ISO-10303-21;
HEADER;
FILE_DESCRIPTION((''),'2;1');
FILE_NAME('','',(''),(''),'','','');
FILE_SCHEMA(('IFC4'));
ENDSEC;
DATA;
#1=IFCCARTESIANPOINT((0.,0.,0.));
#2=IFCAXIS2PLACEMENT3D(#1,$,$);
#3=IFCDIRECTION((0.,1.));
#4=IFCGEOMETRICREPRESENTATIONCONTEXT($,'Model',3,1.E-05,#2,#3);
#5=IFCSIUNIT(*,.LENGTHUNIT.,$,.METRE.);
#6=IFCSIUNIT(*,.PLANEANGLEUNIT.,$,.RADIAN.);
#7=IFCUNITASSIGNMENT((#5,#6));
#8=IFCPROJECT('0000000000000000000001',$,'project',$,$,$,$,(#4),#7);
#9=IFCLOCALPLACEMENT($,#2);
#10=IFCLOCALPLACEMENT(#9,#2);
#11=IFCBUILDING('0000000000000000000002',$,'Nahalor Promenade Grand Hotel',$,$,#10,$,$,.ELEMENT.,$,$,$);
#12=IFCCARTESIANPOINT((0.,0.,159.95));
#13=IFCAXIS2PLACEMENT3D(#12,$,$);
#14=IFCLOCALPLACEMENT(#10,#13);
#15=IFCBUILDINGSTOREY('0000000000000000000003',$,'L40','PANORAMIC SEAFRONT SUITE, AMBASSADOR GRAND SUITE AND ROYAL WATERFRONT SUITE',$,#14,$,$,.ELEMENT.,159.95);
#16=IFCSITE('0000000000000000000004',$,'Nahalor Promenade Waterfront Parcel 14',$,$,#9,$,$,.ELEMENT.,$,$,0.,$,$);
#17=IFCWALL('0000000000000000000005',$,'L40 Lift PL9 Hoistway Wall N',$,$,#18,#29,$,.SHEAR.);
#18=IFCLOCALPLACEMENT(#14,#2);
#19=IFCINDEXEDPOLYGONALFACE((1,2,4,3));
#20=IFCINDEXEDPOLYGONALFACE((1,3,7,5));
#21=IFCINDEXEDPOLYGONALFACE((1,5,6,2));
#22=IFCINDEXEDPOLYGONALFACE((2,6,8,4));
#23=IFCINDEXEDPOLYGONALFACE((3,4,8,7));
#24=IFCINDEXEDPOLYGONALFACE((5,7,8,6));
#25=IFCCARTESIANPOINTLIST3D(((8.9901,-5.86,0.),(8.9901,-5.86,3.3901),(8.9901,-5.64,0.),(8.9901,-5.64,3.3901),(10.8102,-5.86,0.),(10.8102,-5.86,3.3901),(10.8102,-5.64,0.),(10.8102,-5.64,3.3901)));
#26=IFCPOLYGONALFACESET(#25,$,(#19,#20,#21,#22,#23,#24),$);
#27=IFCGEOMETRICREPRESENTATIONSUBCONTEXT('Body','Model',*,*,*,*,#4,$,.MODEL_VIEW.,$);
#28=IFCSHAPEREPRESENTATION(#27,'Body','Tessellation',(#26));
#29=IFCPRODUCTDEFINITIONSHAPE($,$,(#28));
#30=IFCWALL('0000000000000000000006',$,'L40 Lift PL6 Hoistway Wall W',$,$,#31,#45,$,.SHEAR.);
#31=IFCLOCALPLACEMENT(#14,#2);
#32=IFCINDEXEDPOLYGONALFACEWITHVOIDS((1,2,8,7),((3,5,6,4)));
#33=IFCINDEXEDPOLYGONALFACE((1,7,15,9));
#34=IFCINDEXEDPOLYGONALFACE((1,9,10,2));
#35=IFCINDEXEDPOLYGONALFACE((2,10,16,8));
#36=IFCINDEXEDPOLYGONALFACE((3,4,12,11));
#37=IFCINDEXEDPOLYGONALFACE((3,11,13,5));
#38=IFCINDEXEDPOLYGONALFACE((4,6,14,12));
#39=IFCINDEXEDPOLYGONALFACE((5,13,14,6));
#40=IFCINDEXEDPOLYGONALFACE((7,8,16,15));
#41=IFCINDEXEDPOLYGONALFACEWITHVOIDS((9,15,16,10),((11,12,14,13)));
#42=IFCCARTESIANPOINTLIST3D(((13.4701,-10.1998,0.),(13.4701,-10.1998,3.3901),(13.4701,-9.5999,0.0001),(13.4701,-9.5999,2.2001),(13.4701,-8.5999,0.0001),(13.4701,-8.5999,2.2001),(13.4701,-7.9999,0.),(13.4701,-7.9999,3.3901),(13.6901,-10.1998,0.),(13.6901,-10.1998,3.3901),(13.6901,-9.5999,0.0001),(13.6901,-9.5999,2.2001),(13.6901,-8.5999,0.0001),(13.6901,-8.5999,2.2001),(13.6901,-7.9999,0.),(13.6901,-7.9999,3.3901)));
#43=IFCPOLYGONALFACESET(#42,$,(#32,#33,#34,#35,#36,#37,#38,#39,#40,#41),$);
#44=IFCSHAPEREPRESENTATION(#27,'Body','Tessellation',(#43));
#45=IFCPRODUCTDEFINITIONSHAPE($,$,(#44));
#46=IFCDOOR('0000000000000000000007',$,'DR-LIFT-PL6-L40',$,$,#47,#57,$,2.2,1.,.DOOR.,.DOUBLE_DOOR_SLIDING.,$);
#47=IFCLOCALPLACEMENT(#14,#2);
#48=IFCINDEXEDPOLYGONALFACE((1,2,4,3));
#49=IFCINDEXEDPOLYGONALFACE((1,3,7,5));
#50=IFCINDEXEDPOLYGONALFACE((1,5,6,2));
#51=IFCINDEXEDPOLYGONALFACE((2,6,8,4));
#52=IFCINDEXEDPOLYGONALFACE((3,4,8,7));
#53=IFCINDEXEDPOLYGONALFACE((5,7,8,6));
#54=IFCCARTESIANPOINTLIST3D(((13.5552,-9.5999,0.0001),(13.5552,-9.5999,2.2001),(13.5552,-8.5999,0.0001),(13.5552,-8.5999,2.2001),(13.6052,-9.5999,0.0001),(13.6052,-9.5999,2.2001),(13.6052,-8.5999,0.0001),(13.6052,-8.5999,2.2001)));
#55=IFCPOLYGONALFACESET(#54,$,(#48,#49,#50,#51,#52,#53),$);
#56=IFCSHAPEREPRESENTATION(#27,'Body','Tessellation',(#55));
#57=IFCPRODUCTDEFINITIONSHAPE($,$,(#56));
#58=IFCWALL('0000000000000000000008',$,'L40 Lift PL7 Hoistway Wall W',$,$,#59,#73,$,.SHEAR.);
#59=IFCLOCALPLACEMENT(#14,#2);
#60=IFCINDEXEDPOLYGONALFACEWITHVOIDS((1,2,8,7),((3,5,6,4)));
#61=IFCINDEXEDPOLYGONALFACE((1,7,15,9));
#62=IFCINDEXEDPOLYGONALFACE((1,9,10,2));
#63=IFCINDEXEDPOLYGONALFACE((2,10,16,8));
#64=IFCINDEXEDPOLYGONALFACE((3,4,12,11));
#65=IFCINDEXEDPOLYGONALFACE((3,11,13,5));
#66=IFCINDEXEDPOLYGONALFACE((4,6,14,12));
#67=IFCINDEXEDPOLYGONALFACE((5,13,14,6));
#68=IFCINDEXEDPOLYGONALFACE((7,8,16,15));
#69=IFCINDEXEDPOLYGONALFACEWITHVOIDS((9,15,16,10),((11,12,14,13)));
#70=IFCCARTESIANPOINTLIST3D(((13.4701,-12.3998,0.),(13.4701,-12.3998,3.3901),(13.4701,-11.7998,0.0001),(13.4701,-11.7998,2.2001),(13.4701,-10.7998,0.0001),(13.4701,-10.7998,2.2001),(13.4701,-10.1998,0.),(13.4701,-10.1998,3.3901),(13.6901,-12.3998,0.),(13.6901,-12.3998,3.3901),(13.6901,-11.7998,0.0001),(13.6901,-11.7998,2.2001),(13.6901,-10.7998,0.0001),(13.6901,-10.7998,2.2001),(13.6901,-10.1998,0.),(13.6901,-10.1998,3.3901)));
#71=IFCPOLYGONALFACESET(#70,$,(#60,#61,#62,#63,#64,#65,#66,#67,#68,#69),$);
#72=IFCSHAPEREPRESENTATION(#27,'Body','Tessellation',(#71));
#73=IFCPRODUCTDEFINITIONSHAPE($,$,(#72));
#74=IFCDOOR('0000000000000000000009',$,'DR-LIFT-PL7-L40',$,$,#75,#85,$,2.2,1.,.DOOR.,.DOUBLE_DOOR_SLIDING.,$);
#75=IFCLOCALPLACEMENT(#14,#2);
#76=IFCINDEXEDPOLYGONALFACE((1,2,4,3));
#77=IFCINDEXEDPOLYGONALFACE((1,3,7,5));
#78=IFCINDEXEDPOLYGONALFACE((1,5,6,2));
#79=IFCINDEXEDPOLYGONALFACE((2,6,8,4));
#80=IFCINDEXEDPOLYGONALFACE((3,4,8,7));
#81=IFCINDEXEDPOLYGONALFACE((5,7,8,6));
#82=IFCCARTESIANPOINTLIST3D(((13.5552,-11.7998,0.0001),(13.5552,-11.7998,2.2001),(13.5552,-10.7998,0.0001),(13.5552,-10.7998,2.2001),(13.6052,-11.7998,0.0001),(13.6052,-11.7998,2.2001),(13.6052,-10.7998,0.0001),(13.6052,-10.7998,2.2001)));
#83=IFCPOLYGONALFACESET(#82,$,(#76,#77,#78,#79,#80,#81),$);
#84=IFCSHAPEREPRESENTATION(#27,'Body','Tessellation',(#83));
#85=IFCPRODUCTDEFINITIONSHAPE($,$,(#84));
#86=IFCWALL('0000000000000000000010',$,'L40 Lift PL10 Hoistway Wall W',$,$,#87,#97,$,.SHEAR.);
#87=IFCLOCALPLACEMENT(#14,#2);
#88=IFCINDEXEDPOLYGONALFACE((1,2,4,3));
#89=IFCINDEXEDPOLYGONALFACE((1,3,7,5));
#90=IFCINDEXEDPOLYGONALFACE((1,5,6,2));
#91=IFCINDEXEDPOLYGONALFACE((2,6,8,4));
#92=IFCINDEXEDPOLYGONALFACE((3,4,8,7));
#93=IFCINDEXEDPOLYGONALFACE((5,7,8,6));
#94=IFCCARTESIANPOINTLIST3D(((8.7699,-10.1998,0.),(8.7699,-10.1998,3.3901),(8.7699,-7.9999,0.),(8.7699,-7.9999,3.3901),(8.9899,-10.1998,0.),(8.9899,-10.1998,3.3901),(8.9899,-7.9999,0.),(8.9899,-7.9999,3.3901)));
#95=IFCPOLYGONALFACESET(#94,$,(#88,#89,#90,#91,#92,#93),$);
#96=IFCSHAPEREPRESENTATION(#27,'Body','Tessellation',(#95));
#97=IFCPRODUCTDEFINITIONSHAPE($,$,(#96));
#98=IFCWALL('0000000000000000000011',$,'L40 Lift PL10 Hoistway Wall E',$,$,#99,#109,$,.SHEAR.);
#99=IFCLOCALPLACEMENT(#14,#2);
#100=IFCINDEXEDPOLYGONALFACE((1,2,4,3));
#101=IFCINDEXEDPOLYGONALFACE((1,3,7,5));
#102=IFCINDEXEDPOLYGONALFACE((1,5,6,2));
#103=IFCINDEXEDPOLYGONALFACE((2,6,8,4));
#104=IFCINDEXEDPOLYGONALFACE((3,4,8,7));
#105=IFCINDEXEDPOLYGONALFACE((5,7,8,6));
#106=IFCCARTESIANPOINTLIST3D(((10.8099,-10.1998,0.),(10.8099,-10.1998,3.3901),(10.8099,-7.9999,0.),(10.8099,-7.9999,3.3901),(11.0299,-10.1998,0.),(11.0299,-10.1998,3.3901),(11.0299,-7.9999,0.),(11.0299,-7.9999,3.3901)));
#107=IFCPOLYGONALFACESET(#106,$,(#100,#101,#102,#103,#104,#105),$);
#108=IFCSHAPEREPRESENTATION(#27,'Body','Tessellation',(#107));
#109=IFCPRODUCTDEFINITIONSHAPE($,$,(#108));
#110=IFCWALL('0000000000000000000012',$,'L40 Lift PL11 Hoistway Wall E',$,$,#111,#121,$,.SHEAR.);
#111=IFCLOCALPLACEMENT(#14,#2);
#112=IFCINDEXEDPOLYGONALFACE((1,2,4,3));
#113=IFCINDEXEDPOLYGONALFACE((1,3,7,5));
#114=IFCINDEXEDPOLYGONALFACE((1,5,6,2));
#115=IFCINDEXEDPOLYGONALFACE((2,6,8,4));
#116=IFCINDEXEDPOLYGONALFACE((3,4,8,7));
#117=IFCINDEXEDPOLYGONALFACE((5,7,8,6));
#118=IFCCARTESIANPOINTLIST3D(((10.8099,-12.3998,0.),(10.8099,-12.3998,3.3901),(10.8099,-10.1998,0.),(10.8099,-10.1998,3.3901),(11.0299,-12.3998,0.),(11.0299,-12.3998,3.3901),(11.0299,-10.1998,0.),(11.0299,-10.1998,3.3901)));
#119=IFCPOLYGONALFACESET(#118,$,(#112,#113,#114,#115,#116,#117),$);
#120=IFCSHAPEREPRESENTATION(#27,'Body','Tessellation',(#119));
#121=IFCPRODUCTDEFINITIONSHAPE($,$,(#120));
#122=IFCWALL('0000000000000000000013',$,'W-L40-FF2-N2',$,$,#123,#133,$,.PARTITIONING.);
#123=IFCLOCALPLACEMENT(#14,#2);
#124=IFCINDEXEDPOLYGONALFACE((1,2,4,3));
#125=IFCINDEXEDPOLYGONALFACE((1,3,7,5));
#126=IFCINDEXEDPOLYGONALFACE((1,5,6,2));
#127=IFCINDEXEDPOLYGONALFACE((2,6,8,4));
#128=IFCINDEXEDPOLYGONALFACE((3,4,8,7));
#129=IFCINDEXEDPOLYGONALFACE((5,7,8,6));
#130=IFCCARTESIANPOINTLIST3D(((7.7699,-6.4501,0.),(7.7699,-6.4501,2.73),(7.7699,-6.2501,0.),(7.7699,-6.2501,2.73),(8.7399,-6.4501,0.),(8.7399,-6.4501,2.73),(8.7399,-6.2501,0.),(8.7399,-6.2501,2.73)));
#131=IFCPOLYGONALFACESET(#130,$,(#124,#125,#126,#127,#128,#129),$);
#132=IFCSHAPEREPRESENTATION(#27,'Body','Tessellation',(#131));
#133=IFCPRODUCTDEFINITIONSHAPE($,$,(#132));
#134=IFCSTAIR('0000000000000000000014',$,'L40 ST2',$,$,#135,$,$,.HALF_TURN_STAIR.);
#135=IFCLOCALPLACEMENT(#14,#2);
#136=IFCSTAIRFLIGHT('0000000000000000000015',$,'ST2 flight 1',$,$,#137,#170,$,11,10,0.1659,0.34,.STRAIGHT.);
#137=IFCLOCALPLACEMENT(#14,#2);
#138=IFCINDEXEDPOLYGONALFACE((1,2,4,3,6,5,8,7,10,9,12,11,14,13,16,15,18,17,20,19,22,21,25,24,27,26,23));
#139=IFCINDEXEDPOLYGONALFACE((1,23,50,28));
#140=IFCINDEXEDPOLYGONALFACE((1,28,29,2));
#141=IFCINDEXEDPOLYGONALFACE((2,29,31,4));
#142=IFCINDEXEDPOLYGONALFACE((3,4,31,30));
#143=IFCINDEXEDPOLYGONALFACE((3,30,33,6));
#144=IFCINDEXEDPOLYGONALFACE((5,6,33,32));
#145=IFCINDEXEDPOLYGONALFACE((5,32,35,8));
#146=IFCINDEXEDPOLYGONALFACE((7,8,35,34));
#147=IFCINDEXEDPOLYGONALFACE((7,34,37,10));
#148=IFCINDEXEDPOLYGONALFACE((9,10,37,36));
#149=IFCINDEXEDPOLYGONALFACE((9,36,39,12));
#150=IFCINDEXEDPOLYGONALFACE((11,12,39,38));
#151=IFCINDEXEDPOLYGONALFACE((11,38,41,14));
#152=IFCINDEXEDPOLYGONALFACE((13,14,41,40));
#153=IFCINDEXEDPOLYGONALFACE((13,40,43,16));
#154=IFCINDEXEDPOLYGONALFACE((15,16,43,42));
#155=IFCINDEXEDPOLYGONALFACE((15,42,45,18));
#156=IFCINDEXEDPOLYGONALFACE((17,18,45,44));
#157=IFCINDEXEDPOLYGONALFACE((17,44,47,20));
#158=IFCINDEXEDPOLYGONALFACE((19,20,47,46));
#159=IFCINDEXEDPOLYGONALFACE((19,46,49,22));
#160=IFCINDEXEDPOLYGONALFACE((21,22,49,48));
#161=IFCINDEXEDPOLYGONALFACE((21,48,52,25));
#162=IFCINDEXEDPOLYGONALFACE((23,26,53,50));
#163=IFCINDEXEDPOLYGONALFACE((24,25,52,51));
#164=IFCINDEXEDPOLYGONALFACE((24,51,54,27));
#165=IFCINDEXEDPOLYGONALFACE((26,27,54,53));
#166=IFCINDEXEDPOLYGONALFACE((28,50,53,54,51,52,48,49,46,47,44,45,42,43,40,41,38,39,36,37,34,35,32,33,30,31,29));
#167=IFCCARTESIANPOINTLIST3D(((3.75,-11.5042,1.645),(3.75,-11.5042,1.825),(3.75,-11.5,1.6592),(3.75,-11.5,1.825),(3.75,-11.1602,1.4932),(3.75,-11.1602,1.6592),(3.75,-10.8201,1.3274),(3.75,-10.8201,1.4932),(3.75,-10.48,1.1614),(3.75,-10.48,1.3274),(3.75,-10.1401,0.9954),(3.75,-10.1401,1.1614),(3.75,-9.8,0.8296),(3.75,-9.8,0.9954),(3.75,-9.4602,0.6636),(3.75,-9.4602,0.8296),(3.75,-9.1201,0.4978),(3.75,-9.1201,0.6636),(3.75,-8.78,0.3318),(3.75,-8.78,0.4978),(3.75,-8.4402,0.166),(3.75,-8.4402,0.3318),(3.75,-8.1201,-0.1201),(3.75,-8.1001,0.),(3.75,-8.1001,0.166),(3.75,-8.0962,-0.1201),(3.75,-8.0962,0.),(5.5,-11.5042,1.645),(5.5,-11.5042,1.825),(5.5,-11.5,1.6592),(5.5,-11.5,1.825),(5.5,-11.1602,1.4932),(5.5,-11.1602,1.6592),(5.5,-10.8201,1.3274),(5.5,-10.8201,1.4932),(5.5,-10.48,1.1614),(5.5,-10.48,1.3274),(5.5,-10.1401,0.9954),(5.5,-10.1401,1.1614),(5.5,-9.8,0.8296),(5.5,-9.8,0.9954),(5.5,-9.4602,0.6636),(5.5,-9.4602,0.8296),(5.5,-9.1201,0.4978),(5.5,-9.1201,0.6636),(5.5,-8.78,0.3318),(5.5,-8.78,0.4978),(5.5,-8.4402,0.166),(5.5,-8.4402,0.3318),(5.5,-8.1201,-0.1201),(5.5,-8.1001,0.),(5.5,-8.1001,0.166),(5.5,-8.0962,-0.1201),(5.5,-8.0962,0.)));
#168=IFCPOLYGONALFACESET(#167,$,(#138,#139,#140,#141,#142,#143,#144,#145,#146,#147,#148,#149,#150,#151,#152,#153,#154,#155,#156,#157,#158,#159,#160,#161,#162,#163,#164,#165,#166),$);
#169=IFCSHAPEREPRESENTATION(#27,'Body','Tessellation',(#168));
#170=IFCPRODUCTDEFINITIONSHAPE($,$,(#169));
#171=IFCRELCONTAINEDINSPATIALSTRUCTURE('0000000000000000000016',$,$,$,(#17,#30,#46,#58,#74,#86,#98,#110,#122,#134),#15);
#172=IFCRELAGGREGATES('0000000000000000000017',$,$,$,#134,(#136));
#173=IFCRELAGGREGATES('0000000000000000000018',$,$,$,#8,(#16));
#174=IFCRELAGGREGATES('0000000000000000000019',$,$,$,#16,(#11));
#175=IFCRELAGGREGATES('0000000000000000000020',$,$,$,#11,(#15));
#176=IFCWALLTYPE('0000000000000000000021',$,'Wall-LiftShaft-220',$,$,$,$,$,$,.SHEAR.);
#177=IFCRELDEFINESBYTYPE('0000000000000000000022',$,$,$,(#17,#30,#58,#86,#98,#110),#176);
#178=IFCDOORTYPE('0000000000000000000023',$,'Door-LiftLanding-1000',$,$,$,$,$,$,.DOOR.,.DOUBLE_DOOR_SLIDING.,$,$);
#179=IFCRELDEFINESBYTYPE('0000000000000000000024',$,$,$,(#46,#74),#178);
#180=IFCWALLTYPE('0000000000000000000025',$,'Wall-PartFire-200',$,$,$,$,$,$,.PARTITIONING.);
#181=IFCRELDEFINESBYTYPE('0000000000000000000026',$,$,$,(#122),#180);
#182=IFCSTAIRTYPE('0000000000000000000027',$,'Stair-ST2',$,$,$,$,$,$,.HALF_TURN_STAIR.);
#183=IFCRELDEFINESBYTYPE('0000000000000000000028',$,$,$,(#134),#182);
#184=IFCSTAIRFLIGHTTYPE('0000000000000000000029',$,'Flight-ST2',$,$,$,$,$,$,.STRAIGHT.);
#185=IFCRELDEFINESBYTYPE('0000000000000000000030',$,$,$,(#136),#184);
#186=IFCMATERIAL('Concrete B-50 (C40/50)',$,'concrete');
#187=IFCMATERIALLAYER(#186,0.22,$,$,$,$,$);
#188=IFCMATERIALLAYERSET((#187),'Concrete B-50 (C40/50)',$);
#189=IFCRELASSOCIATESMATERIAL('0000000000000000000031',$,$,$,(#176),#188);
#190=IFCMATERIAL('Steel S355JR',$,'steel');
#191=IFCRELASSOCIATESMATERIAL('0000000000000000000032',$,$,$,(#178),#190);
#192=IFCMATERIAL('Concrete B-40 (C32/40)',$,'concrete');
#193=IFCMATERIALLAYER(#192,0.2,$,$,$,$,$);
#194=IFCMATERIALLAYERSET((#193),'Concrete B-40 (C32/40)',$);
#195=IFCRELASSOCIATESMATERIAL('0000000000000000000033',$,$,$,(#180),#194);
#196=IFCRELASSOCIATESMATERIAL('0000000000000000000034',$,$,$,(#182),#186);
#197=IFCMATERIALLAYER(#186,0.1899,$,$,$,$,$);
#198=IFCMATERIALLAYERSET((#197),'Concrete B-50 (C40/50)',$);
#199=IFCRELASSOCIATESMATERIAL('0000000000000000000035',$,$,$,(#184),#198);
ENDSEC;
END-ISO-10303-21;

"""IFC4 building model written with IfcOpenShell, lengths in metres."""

from ifc_helpers import new_model, si_unit, direction, frame, frame_2d, origin, place, context, subcontext, project, spatial, polyline, rectangle, outline, extrude, source, transform, mapped, material, layer, layer_set, type_object, element, fill, aggregate, save


model = new_model("IFC4")

# Units and contexts
model_context = context("Model", 3, precision=1e-05, world=origin(), true_north=direction((0.0, 1.0)))
body_context = subcontext(model_context, "Body", "Model", "MODEL_VIEW")
ifc_project = project(units=[si_unit("LENGTHUNIT", "METRE"), si_unit("PLANEANGLEUNIT", "RADIAN")], contexts=[model_context])

# Site, building, storey
site_placement = place(None, origin())
site = spatial("IfcSite", under=ifc_project, at=site_placement, Name="Nahalor Promenade Waterfront Parcel 14", CompositionType="ELEMENT", RefElevation=0.0)
building_placement = place(site_placement, origin())
building = spatial("IfcBuilding", under=site, at=building_placement, Name="Nahalor Promenade Grand Hotel", CompositionType="ELEMENT")
storey_placement = place(building_placement, frame((0.0, 0.0, 159.95)))
storey = spatial("IfcBuildingStorey", under=building, at=storey_placement, Name="L40", Description="PANORAMIC SEAFRONT SUITE, AMBASSADOR GRAND SUITE AND ROYAL WATERFRONT SUITE", CompositionType="ELEMENT", Elevation=159.95)

# Shared definitions
ifc_material_1 = material(Name="Steel S355JR", Category="steel")

# Shared definitions
ifc_material_2 = material(Name="Concrete B-50 (C40/50)", Category="concrete")
ifc_layer_1 = layer(ifc_material_2, 0.22)
ifc_layer_set_1 = layer_set([ifc_layer_1], Name="Concrete B-50 (C40/50)")
wall_type_1 = type_object("IfcWallType", Name="Wall-LiftShaft-220", PredefinedType="SHEAR", material=ifc_layer_set_1)

# Shared definitions
door_type = type_object("IfcDoorType", Name="Door-LiftLanding-1000", OperationType="DOUBLE_DOOR_SLIDING", PredefinedType="DOOR", material=ifc_material_1)
shared_shape_1 = source(origin(), body_context, "Body", "SweptSolid", [
    extrude(rectangle(XDim=1.0, YDim=2.2, at=frame_2d((0.5, 1.1001))), frame((0.0, 0.0249, 0.0), z_axis=(0.0, -1.0, 0.0), x_axis=(1.0, 0.0, 0.0)), (0.0, 0.0, 1.0), 0.05),
])

# Wall
shared_shape_2 = source(origin(), body_context, "Body", "SweptSolid", [
    extrude(rectangle(XDim=1.8201, YDim=0.22, at=frame_2d((0.9102, 0.0))), origin(), (0.0, 0.0, 1.0), 3.3901),
])
wall_1_placement = place(storey_placement, frame((8.99, -5.75, 0.0), z_axis=(0.0, 0.0, 1.0), x_axis=(1.0, 0.0, 0.0)))
element("IfcWall", 1, at=wall_1_placement, inside=storey, type_object=wall_type_1, Name="L40 Lift PL9 Hoistway Wall N", PredefinedType="SHEAR", context=body_context, shape_type="MappedRepresentation", body=[
    mapped(shared_shape_2, transform((0.0, 0.0, 0.0), scale=1.0)),
])

# Walls, openings, doors
shared_shape_3 = source(origin(), body_context, "Body", "SweptSolid", [
    extrude(rectangle(XDim=2.2, YDim=0.22, at=frame_2d((1.1001, 0.0))), origin(), (0.0, 0.0, 1.0), 3.3901),
])
wall_2_placement = place(storey_placement, frame((13.5801, -10.2, 0.0), z_axis=(0.0, 0.0, 1.0), x_axis=(0.0, 1.0, 0.0)))
wall_2 = element("IfcWall", 2, at=wall_2_placement, inside=storey, type_object=wall_type_1, Name="L40 Lift PL6 Hoistway Wall W", PredefinedType="SHEAR", context=body_context, shape_type="MappedRepresentation", body=[
    mapped(shared_shape_3, transform((0.0, 0.0, 0.0), scale=1.0)),
])
opening_1_placement = place(wall_2_placement, frame((0.6001, 0.0, 0.0)))
opening_1 = element("IfcOpeningElement", 3, at=opening_1_placement, cuts=wall_2, PredefinedType="OPENING", context=body_context, shape_type="SweptSolid", body=[
    extrude(rectangle(XDim=1.0, YDim=2.2, at=frame_2d((0.5, 1.1001))), frame((0.0, 0.1199, 0.0), z_axis=(0.0, -1.0, 0.0), x_axis=(1.0, 0.0, 0.0)), (0.0, 0.0, 1.0), 0.24),
])
door_1_placement = place(opening_1_placement, origin())
door_1 = element("IfcDoor", 4, at=door_1_placement, inside=storey, type_object=door_type, Name="DR-LIFT-PL6-L40", OperationType="DOUBLE_DOOR_SLIDING", OverallHeight=2.2, OverallWidth=1.0, PredefinedType="DOOR", context=body_context, shape_type="MappedRepresentation", body=[
    mapped(shared_shape_1, transform((0.0, 0.0, 0.0), scale=1.0)),
])
fill(opening_1, door_1)
wall_3_placement = place(storey_placement, frame((13.5801, -12.3999, 0.0), z_axis=(0.0, 0.0, 1.0), x_axis=(0.0, 1.0, 0.0)))
wall_3 = element("IfcWall", 5, at=wall_3_placement, inside=storey, type_object=wall_type_1, Name="L40 Lift PL7 Hoistway Wall W", PredefinedType="SHEAR", context=body_context, shape_type="MappedRepresentation", body=[
    mapped(shared_shape_3, transform((0.0, 0.0, 0.0), scale=1.0)),
])
opening_2_placement = place(wall_3_placement, frame((0.6001, 0.0, 0.0)))
opening_2 = element("IfcOpeningElement", 6, at=opening_2_placement, cuts=wall_3, PredefinedType="OPENING", context=body_context, shape_type="SweptSolid", body=[
    extrude(rectangle(XDim=1.0, YDim=2.2, at=frame_2d((0.5, 1.1001))), frame((0.0, 0.1199, 0.0), z_axis=(0.0, -1.0, 0.0), x_axis=(1.0, 0.0, 0.0)), (0.0, 0.0, 1.0), 0.24),
])
door_2_placement = place(opening_2_placement, origin())
door_2 = element("IfcDoor", 7, at=door_2_placement, inside=storey, type_object=door_type, Name="DR-LIFT-PL7-L40", OperationType="DOUBLE_DOOR_SLIDING", OverallHeight=2.2, OverallWidth=1.0, PredefinedType="DOOR", context=body_context, shape_type="MappedRepresentation", body=[
    mapped(shared_shape_1, transform((0.0, 0.0, 0.0), scale=1.0)),
])
fill(opening_2, door_2)

# Walls
for number, where, z_axis, x_axis, name in (
    (8, (8.8799, -10.2, 0.0), (0.0, 0.0, 1.0), (0.0, 1.0, 0.0), "L40 Lift PL10 Hoistway Wall W"),
    (9, (10.9199, -10.2, 0.0), (0.0, 0.0, 1.0), (0.0, 1.0, 0.0), "L40 Lift PL10 Hoistway Wall E"),
    (10, (10.9199, -12.3999, 0.0), (0.0, 0.0, 1.0), (0.0, 1.0, 0.0), "L40 Lift PL11 Hoistway Wall E"),
):
    element("IfcWall", number, at=place(storey_placement, frame(where, z_axis=z_axis, x_axis=x_axis)), inside=storey, type_object=wall_type_1, Name=name, PredefinedType="SHEAR", context=body_context, shape_type="MappedRepresentation", body=[
        mapped(shared_shape_3, transform((0.0, 0.0, 0.0), scale=1.0)),
    ])
ifc_material_3 = material(Name="Concrete B-40 (C32/40)", Category="concrete")
ifc_layer_2 = layer(ifc_material_3, 0.2)
ifc_layer_set_2 = layer_set([ifc_layer_2], Name="Concrete B-40 (C32/40)")
wall_type_2 = type_object("IfcWallType", Name="Wall-PartFire-200", PredefinedType="PARTITIONING", material=ifc_layer_set_2)
shared_shape_4 = source(origin(), body_context, "Body", "SweptSolid", [
    extrude(rectangle(XDim=0.97, YDim=0.2, at=frame_2d((0.4849, 0.0))), origin(), (0.0, 0.0, 1.0), 2.73),
])
wall_4_placement = place(storey_placement, frame((7.77, -6.3501, 0.0), z_axis=(0.0, 0.0, 1.0), x_axis=(1.0, 0.0, 0.0)))
element("IfcWall", 11, at=wall_4_placement, inside=storey, type_object=wall_type_2, Name="W-L40-FF2-N2", PredefinedType="PARTITIONING", context=body_context, shape_type="MappedRepresentation", body=[
    mapped(shared_shape_4, transform((0.0, 0.0, 0.0), scale=1.0)),
])

# Stair, stair flight
stair_type = type_object("IfcStairType", Name="Stair-ST2", PredefinedType="HALF_TURN_STAIR", material=ifc_material_2)
stair_placement = place(storey_placement, origin())
stair = element("IfcStair", 12, at=stair_placement, inside=storey, type_object=stair_type, Name="L40 ST2", PredefinedType="HALF_TURN_STAIR")
ifc_layer_3 = layer(ifc_material_2, 0.1899)
ifc_layer_set_3 = layer_set([ifc_layer_3], Name="Concrete B-50 (C40/50)")
stair_flight_type = type_object("IfcStairFlightType", Name="Flight-ST2", PredefinedType="STRAIGHT", material=ifc_layer_set_3)
shared_shape_5 = source(origin(), body_context, "Body", "SweptSolid", [
    extrude(outline(polyline([(-0.0039, -0.1201), (-0.0039, 0.0), (0.0, 0.0), (0.0, 0.166), (0.3401, 0.166), (0.3401, 0.3318), (0.6799, 0.3318), (0.6799, 0.4978), (1.02, 0.4978), (1.02, 0.6636), (1.3601, 0.6636), (1.3601, 0.8296), (1.7, 0.8296), (1.7, 0.9954), (2.04, 0.9954), (2.04, 1.1614), (2.3799, 1.1614), (2.3799, 1.3274), (2.72, 1.3274), (2.72, 1.4932), (3.0601, 1.4932), (3.0601, 1.6592), (3.3999, 1.6592), (3.3999, 1.825), (3.4041, 1.825), (3.4041, 1.645), (0.02, -0.1201), (-0.0039, -0.1201)])), frame((0.0, 0.875, 0.0), z_axis=(0.0, -1.0, 0.0), x_axis=(1.0, 0.0, 0.0)), (0.0, 0.0, 1.0), 1.75),
])
stair_flight_1_placement = place(storey_placement, frame((4.625, -8.1001, 0.0), z_axis=(0.0, 0.0, 1.0), x_axis=(0.0, -1.0, 0.0)))
stair_flight_1 = element("IfcStairFlight", 13, at=stair_flight_1_placement, type_object=stair_flight_type, Name="ST2 flight 1", NumberOfRisers=11, NumberOfTreads=10, PredefinedType="STRAIGHT", RiserHeight=0.1659, TreadLength=0.34, context=body_context, shape_type="MappedRepresentation", body=[
    mapped(shared_shape_5, transform((0.0, 0.0, 0.0), scale=1.0)),
])
aggregate(stair, [stair_flight_1])

save(model, "model.ifc")
